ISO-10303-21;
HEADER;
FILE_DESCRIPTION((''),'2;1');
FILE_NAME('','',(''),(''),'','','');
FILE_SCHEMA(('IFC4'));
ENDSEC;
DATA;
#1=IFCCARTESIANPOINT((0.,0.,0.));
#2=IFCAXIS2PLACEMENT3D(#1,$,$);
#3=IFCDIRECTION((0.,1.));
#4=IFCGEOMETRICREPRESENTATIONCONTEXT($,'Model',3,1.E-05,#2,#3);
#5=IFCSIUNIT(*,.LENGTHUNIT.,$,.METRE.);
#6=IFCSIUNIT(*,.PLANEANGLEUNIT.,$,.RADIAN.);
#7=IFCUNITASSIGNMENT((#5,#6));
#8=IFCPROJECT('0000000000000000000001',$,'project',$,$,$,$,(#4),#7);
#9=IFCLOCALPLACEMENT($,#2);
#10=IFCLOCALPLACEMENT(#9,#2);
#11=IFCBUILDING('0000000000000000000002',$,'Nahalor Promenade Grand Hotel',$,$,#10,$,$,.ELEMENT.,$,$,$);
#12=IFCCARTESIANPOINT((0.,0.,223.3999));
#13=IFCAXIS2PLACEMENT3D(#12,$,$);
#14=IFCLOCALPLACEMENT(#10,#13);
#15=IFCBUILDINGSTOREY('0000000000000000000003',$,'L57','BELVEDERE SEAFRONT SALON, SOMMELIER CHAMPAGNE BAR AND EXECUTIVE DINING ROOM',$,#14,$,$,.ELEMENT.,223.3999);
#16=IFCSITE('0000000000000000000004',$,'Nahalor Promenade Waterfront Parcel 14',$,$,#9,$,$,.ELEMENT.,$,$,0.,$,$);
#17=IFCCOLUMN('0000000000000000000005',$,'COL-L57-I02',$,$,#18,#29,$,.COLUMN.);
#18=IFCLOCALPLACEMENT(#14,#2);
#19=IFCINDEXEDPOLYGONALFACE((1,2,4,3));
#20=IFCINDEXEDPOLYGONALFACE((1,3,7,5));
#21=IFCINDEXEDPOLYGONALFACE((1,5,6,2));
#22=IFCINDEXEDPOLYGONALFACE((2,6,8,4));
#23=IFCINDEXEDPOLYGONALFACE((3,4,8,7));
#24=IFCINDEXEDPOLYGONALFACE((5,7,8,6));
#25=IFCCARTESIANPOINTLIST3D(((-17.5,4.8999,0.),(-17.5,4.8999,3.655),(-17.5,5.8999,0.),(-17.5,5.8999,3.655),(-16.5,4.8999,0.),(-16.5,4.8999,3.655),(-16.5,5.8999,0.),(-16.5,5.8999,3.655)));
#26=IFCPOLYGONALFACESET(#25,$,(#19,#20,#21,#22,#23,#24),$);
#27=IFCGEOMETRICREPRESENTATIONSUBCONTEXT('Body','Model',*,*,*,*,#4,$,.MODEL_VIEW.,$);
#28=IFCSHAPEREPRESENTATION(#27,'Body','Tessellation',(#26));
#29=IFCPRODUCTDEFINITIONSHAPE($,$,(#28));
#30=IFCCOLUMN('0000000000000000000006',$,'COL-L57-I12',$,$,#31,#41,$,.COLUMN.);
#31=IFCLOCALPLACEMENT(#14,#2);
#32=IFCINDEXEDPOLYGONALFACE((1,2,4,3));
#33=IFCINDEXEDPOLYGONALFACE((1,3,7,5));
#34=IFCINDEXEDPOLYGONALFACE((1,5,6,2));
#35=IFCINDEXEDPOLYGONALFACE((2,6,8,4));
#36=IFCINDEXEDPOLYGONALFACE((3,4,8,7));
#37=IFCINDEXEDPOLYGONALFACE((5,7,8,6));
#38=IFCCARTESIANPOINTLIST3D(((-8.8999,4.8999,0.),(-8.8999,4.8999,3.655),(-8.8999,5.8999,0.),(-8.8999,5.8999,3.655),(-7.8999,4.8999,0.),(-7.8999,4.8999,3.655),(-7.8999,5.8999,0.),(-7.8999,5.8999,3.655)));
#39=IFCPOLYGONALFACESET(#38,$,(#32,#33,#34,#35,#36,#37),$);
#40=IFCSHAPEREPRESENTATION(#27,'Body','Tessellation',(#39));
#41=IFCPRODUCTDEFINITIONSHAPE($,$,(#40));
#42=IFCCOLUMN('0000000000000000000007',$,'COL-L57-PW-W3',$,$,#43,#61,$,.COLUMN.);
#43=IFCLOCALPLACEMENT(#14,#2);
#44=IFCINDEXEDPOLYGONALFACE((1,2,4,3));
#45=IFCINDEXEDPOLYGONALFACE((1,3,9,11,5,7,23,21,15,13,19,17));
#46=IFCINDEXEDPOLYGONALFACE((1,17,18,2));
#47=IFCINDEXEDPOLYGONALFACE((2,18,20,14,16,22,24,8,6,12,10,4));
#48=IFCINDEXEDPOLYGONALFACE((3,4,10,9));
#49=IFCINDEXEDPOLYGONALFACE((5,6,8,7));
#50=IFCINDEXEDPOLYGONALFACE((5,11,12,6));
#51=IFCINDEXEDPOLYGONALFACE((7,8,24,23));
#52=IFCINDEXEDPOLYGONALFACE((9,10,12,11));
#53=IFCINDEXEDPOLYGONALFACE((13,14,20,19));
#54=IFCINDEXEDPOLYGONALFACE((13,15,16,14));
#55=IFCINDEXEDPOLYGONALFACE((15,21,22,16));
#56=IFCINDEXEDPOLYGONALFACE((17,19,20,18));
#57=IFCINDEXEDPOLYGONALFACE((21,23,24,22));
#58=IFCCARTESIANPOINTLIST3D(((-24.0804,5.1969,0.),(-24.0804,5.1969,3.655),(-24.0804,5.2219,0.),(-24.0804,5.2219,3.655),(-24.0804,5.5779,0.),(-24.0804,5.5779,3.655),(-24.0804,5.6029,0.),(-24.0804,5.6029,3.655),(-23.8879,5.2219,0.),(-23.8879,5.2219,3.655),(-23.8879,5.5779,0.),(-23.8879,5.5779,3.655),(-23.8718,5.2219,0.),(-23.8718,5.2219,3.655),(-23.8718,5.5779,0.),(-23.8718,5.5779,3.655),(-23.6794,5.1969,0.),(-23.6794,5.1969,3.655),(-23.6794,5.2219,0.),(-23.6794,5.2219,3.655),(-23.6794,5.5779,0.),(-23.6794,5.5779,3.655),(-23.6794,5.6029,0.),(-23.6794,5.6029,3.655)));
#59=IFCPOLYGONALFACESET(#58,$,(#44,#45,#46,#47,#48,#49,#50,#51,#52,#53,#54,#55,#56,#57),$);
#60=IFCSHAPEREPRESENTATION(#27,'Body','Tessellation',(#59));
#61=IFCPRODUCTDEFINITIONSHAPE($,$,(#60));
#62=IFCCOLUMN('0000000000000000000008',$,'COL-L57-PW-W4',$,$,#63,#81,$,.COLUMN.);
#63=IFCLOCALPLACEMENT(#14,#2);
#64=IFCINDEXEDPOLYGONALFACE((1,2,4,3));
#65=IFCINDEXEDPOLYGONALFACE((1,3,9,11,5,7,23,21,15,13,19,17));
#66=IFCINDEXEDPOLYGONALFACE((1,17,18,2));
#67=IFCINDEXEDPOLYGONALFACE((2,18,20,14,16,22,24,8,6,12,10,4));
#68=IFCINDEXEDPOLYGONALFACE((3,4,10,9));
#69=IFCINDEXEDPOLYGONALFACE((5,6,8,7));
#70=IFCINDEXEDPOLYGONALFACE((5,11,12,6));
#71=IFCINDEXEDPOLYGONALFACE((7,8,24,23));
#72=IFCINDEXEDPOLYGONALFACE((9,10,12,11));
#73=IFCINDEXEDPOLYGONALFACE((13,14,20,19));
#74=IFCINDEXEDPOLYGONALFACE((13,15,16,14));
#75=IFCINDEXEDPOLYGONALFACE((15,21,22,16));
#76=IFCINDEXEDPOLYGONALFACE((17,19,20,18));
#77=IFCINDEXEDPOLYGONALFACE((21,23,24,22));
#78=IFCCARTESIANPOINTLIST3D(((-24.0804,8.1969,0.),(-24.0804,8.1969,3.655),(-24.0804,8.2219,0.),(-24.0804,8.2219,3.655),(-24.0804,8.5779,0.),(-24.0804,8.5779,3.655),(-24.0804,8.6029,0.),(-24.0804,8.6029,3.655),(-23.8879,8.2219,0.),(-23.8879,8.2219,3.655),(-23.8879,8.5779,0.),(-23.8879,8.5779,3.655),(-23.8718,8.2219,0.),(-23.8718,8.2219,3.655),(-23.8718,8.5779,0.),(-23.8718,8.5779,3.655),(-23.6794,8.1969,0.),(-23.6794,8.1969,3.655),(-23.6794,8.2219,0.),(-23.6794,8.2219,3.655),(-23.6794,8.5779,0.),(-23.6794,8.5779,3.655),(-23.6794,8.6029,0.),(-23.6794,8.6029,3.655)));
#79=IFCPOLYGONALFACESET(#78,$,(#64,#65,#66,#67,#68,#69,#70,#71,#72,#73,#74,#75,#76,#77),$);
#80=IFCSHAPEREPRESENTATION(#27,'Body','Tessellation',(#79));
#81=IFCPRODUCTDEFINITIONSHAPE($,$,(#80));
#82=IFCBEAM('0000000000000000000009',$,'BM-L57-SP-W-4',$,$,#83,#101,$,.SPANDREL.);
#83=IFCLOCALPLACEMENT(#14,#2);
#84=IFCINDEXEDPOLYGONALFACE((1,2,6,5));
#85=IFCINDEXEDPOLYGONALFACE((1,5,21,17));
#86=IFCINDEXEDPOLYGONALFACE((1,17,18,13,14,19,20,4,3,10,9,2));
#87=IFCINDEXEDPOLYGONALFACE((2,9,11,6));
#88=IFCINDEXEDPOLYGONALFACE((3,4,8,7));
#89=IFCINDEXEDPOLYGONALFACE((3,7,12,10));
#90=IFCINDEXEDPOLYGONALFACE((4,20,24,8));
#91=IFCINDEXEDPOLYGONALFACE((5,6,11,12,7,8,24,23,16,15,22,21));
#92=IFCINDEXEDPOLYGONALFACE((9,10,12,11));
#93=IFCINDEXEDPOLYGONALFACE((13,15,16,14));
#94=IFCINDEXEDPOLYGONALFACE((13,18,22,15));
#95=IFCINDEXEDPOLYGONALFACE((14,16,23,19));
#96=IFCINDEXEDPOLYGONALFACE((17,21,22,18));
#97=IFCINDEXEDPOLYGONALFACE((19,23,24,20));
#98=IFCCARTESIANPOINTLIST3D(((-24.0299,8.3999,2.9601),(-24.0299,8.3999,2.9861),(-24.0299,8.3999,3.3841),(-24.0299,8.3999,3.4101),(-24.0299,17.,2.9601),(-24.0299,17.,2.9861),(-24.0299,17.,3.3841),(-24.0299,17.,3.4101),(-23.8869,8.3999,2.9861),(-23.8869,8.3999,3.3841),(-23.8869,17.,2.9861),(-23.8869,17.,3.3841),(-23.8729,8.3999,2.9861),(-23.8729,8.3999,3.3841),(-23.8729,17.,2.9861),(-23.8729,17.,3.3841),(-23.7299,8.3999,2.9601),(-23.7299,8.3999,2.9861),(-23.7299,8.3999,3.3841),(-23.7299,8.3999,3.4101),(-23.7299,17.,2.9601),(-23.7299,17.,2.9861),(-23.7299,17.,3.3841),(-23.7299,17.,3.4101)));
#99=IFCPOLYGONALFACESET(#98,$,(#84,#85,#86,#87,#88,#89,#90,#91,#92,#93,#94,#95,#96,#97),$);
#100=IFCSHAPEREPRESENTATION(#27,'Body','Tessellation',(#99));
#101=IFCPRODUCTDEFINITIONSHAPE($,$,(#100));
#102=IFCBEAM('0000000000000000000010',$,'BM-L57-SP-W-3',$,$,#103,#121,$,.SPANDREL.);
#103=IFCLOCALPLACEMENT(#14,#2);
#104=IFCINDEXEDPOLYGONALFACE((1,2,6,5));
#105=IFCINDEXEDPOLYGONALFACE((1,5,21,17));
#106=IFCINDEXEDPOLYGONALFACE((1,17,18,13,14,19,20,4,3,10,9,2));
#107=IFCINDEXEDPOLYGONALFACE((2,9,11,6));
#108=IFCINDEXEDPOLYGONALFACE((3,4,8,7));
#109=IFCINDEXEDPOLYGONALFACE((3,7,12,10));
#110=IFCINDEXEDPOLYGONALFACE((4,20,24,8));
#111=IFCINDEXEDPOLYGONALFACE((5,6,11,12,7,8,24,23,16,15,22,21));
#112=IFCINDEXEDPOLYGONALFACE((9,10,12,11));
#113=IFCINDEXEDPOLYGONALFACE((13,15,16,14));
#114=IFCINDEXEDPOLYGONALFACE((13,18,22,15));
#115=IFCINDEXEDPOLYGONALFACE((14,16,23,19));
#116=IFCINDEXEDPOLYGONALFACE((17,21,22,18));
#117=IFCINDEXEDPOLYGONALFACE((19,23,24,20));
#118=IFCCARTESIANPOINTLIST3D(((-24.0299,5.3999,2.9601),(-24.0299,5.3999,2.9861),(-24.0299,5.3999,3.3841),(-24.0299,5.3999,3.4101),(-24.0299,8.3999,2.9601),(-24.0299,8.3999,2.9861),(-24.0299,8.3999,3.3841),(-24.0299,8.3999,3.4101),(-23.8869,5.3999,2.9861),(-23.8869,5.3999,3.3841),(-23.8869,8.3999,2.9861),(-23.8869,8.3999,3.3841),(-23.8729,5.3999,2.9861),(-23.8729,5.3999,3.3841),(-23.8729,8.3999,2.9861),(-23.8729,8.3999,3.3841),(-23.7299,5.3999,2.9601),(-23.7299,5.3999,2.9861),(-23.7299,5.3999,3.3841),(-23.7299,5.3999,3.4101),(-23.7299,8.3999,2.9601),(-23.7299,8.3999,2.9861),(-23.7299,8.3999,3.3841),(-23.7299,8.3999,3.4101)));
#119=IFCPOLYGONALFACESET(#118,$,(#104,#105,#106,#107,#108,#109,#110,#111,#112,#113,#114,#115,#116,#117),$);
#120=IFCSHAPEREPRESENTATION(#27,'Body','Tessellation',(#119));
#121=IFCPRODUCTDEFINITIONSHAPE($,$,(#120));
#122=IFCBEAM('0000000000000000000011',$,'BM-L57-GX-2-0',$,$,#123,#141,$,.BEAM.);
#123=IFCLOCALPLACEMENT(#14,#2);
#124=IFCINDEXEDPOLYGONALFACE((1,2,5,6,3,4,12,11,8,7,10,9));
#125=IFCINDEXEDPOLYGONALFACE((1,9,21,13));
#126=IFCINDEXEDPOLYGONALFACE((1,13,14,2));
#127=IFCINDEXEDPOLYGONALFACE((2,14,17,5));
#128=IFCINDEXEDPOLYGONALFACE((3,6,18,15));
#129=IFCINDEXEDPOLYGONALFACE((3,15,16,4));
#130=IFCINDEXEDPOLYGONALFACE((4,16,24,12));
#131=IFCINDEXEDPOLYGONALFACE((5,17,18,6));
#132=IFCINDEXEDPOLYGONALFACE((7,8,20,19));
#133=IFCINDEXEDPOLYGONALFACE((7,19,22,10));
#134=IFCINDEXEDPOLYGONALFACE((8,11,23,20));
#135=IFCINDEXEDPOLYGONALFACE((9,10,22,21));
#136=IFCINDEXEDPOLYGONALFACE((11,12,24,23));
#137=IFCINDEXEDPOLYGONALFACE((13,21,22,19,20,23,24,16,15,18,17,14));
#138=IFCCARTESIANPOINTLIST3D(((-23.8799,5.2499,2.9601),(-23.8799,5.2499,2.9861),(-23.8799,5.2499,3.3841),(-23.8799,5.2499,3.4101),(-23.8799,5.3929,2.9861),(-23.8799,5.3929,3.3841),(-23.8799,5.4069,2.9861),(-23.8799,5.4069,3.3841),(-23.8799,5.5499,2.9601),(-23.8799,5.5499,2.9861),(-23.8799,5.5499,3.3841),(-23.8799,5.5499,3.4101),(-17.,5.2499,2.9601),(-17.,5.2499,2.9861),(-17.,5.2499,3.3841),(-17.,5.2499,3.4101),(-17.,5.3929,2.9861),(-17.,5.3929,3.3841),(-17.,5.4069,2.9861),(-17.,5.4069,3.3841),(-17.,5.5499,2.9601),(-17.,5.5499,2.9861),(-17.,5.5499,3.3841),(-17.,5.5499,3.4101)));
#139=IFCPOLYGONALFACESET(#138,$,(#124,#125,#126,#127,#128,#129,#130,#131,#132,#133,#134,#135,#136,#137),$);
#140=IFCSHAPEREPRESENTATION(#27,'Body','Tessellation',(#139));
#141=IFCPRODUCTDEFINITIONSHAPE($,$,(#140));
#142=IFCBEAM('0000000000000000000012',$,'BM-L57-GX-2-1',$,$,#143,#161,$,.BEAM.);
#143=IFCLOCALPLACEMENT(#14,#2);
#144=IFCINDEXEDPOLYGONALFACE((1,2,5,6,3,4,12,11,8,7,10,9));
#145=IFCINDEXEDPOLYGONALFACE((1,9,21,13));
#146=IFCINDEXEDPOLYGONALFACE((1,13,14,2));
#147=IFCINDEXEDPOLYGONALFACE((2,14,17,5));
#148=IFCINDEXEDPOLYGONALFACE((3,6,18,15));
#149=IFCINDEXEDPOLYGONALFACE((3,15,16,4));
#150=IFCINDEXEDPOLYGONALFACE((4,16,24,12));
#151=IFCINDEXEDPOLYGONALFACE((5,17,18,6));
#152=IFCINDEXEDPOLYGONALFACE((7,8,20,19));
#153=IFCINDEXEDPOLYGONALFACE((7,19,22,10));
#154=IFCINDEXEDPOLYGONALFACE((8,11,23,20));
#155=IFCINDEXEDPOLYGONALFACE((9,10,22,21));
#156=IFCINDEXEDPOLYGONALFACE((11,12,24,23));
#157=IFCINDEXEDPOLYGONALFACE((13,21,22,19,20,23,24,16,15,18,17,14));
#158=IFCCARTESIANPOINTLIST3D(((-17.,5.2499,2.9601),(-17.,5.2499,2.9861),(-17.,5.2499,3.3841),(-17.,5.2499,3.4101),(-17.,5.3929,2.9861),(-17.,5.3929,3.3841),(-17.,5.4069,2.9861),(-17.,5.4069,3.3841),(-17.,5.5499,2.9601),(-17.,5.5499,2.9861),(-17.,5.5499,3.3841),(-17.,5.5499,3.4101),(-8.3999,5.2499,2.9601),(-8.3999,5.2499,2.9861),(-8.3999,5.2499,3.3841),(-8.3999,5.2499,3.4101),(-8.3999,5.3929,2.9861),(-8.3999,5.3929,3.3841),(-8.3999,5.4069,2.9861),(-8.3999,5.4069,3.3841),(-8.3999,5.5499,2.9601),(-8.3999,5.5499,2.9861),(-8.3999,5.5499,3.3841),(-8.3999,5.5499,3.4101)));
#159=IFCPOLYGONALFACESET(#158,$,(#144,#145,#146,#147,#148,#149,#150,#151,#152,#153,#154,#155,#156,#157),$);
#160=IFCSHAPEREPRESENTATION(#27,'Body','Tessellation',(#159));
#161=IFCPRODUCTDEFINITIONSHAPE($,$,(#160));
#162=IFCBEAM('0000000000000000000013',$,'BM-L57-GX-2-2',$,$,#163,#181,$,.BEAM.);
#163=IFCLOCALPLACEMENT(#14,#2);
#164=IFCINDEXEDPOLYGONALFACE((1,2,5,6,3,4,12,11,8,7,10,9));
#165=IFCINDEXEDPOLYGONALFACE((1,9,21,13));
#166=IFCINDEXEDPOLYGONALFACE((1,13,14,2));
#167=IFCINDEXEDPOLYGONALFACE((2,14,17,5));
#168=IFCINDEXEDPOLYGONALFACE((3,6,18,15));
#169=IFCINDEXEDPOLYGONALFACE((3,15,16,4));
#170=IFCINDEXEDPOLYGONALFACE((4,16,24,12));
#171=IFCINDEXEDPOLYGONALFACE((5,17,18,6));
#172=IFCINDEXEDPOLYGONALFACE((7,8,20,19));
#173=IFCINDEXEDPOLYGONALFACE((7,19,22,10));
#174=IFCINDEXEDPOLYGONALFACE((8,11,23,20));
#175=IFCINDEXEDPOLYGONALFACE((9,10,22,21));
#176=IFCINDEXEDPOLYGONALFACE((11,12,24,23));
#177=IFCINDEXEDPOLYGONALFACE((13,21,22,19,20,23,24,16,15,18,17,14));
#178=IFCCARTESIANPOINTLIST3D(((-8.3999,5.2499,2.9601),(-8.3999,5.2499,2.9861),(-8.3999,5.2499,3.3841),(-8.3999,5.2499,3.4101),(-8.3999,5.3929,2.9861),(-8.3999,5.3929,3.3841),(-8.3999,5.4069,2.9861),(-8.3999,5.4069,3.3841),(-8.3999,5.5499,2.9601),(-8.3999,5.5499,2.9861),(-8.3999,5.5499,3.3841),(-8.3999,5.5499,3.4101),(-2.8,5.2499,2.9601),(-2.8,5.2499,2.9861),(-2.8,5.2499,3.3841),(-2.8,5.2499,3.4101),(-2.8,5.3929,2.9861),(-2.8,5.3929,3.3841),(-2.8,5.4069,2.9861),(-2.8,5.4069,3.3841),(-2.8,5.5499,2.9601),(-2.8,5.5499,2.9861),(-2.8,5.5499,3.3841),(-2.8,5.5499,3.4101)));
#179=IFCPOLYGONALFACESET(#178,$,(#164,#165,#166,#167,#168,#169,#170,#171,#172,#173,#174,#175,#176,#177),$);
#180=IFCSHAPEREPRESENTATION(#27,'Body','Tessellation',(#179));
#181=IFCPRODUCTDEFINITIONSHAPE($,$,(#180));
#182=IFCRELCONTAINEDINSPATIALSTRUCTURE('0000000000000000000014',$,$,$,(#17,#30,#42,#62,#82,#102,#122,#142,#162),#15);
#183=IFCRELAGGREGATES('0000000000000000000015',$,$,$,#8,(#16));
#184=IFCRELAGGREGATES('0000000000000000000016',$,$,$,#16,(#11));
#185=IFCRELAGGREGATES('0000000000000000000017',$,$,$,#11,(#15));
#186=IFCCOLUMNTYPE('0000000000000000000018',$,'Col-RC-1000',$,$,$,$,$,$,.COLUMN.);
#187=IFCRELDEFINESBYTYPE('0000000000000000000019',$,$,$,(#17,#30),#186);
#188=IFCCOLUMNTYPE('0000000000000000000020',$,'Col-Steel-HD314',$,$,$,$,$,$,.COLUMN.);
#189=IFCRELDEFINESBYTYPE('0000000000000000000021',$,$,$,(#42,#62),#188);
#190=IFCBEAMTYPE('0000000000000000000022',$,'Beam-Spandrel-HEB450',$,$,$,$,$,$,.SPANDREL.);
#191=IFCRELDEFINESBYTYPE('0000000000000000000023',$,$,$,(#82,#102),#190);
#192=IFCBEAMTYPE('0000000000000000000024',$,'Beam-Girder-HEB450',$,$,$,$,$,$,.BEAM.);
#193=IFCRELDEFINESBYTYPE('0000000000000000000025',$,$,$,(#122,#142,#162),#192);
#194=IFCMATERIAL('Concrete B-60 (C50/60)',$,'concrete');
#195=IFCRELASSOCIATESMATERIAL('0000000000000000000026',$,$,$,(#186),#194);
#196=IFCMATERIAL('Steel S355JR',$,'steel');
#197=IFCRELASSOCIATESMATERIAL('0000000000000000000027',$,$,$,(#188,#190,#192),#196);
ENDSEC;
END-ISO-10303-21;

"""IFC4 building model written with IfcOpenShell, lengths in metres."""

from ifc_helpers import new_model, si_unit, direction, frame, origin, origin_2d, place, context, subcontext, project, spatial, rectangle, i_section, extrude, source, transform, mapped, material, material_profile, profile_set, type_object, element, save


model = new_model("IFC4")

# Units and contexts
model_context = context("Model", 3, precision=1e-05, world=origin(), true_north=direction((0.0, 1.0)))
body_context = subcontext(model_context, "Body", "Model", "MODEL_VIEW")
ifc_project = project(units=[si_unit("LENGTHUNIT", "METRE"), si_unit("PLANEANGLEUNIT", "RADIAN")], contexts=[model_context])

# Site, building, storey
site_placement = place(None, origin())
site = spatial("IfcSite", under=ifc_project, at=site_placement, Name="Nahalor Promenade Waterfront Parcel 14", CompositionType="ELEMENT", RefElevation=0.0)
building_placement = place(site_placement, origin())
building = spatial("IfcBuilding", under=site, at=building_placement, Name="Nahalor Promenade Grand Hotel", CompositionType="ELEMENT")
storey_placement = place(building_placement, frame((0.0, 0.0, 223.3999)))
storey = spatial("IfcBuildingStorey", under=building, at=storey_placement, Name="L57", Description="BELVEDERE SEAFRONT SALON, SOMMELIER CHAMPAGNE BAR AND EXECUTIVE DINING ROOM", CompositionType="ELEMENT", Elevation=223.3999)

# Columns
ifc_material_1 = material(Name="Concrete B-60 (C50/60)", Category="concrete")
ifc_material_profile_1 = material_profile(ifc_material_1, rectangle(XDim=1.0, YDim=1.0, at=origin_2d()), Name="RC 1000x1000")
ifc_profile_set_1 = profile_set([ifc_material_profile_1], Name="Concrete B-60 (C50/60)")
column_type_1 = type_object("IfcColumnType", Name="Col-RC-1000", PredefinedType="COLUMN", material=ifc_profile_set_1)
shared_shape_1 = source(origin(), body_context, "Body", "SweptSolid", [
    extrude(rectangle(XDim=1.0, YDim=1.0, at=origin_2d()), origin(), (0.0, 0.0, 1.0), 3.655),
])
for number, where, z_axis, x_axis, name in (
    (1, (-17.0, 5.3999, 0.0), (0.0, 0.0, 1.0), (1.0, 0.0, 0.0), "COL-L57-I02"),
    (2, (-8.3999, 5.3999, 0.0), (0.0, 0.0, 1.0), (1.0, 0.0, 0.0), "COL-L57-I12"),
):
    element("IfcColumn", number, at=place(storey_placement, frame(where, z_axis=z_axis, x_axis=x_axis)), inside=storey, type_object=column_type_1, Name=name, PredefinedType="COLUMN", context=body_context, shape_type="MappedRepresentation", body=[
        mapped(shared_shape_1, transform((0.0, 0.0, 0.0), scale=1.0)),
    ])
ifc_material_2 = material(Name="Steel S355JR", Category="steel")
ifc_material_profile_2 = material_profile(ifc_material_2, i_section(OverallWidth=0.401, OverallDepth=0.406, WebThickness=0.0161, FlangeThickness=0.025, at=origin_2d()), Name="HD 400x314")
ifc_profile_set_2 = profile_set([ifc_material_profile_2], Name="Steel S355JR")
column_type_2 = type_object("IfcColumnType", Name="Col-Steel-HD314", PredefinedType="COLUMN", material=ifc_profile_set_2)
shared_shape_2 = source(origin(), body_context, "Body", "SweptSolid", [
    extrude(i_section(OverallWidth=0.401, OverallDepth=0.406, WebThickness=0.0161, FlangeThickness=0.025, at=origin_2d()), origin(), (0.0, 0.0, 1.0), 3.655),
])
for number, where, z_axis, x_axis, name in (
    (3, (-23.8799, 5.3999, 0.0), (0.0, 0.0, 1.0), (1.0, 0.0, 0.0), "COL-L57-PW-W3"),
    (4, (-23.8799, 8.3999, 0.0), (0.0, 0.0, 1.0), (1.0, 0.0, 0.0), "COL-L57-PW-W4"),
):
    element("IfcColumn", number, at=place(storey_placement, frame(where, z_axis=z_axis, x_axis=x_axis)), inside=storey, type_object=column_type_2, Name=name, PredefinedType="COLUMN", context=body_context, shape_type="MappedRepresentation", body=[
        mapped(shared_shape_2, transform((0.0, 0.0, 0.0), scale=1.0)),
    ])

# Beams
ifc_material_profile_3 = material_profile(ifc_material_2, i_section(OverallWidth=0.3, OverallDepth=0.45, WebThickness=0.014, FlangeThickness=0.026, at=origin_2d()), Name="HEB 450")
ifc_profile_set_3 = profile_set([ifc_material_profile_3], Name="Steel S355JR")
beam_type_1 = type_object("IfcBeamType", Name="Beam-Spandrel-HEB450", PredefinedType="SPANDREL", material=ifc_profile_set_3)
shared_shape_3 = source(origin(), body_context, "Body", "SweptSolid", [
    extrude(i_section(OverallWidth=0.3, OverallDepth=0.45, WebThickness=0.014, FlangeThickness=0.026, at=origin_2d()), origin(), (0.0, 0.0, 1.0), 8.6001),
])
beam_1_placement = place(storey_placement, frame((-23.8799, 8.3999, 3.1851), z_axis=(0.0, 1.0, 0.0), x_axis=(-1.0, 0.0, 0.0)))
element("IfcBeam", 5, at=beam_1_placement, inside=storey, type_object=beam_type_1, Name="BM-L57-SP-W-4", PredefinedType="SPANDREL", context=body_context, shape_type="MappedRepresentation", body=[
    mapped(shared_shape_3, transform((0.0, 0.0, 0.0), scale=1.0)),
])
shared_shape_4 = source(origin(), body_context, "Body", "SweptSolid", [
    extrude(i_section(OverallWidth=0.3, OverallDepth=0.45, WebThickness=0.014, FlangeThickness=0.026, at=origin_2d()), origin(), (0.0, 0.0, 1.0), 3.0),
])
beam_2_placement = place(storey_placement, frame((-23.8799, 5.3999, 3.1851), z_axis=(0.0, 1.0, 0.0), x_axis=(-1.0, 0.0, 0.0)))
element("IfcBeam", 6, at=beam_2_placement, inside=storey, type_object=beam_type_1, Name="BM-L57-SP-W-3", PredefinedType="SPANDREL", context=body_context, shape_type="MappedRepresentation", body=[
    mapped(shared_shape_4, transform((0.0, 0.0, 0.0), scale=1.0)),
])
ifc_material_profile_4 = material_profile(ifc_material_2, i_section(OverallWidth=0.3, OverallDepth=0.45, WebThickness=0.014, FlangeThickness=0.026, at=origin_2d()), Name="HEB 450")
ifc_profile_set_4 = profile_set([ifc_material_profile_4], Name="Steel S355JR")
beam_type_2 = type_object("IfcBeamType", Name="Beam-Girder-HEB450", PredefinedType="BEAM", material=ifc_profile_set_4)
shared_shape_5 = source(origin(), body_context, "Body", "SweptSolid", [
    extrude(i_section(OverallWidth=0.3, OverallDepth=0.45, WebThickness=0.014, FlangeThickness=0.026, at=origin_2d()), origin(), (0.0, 0.0, 1.0), 6.8799),
])
beam_3_placement = place(storey_placement, frame((-23.8799, 5.3999, 3.1851), z_axis=(1.0, 0.0, 0.0), x_axis=(0.0, 1.0, 0.0)))
element("IfcBeam", 7, at=beam_3_placement, inside=storey, type_object=beam_type_2, Name="BM-L57-GX-2-0", PredefinedType="BEAM", context=body_context, shape_type="MappedRepresentation", body=[
    mapped(shared_shape_5, transform((0.0, 0.0, 0.0), scale=1.0)),
])
shared_shape_6 = source(origin(), body_context, "Body", "SweptSolid", [
    extrude(i_section(OverallWidth=0.3, OverallDepth=0.45, WebThickness=0.014, FlangeThickness=0.026, at=origin_2d()), origin(), (0.0, 0.0, 1.0), 8.6001),
])
beam_4_placement = place(storey_placement, frame((-17.0, 5.3999, 3.1851), z_axis=(1.0, 0.0, 0.0), x_axis=(0.0, 1.0, 0.0)))
element("IfcBeam", 8, at=beam_4_placement, inside=storey, type_object=beam_type_2, Name="BM-L57-GX-2-1", PredefinedType="BEAM", context=body_context, shape_type="MappedRepresentation", body=[
    mapped(shared_shape_6, transform((0.0, 0.0, 0.0), scale=1.0)),
])
shared_shape_7 = source(origin(), body_context, "Body", "SweptSolid", [
    extrude(i_section(OverallWidth=0.3, OverallDepth=0.45, WebThickness=0.014, FlangeThickness=0.026, at=origin_2d()), origin(), (0.0, 0.0, 1.0), 5.5999),
])
beam_5_placement = place(storey_placement, frame((-8.3999, 5.3999, 3.1851), z_axis=(1.0, 0.0, 0.0), x_axis=(0.0, 1.0, 0.0)))
element("IfcBeam", 9, at=beam_5_placement, inside=storey, type_object=beam_type_2, Name="BM-L57-GX-2-2", PredefinedType="BEAM", context=body_context, shape_type="MappedRepresentation", body=[
    mapped(shared_shape_7, transform((0.0, 0.0, 0.0), scale=1.0)),
])

save(model, "model.ifc")
